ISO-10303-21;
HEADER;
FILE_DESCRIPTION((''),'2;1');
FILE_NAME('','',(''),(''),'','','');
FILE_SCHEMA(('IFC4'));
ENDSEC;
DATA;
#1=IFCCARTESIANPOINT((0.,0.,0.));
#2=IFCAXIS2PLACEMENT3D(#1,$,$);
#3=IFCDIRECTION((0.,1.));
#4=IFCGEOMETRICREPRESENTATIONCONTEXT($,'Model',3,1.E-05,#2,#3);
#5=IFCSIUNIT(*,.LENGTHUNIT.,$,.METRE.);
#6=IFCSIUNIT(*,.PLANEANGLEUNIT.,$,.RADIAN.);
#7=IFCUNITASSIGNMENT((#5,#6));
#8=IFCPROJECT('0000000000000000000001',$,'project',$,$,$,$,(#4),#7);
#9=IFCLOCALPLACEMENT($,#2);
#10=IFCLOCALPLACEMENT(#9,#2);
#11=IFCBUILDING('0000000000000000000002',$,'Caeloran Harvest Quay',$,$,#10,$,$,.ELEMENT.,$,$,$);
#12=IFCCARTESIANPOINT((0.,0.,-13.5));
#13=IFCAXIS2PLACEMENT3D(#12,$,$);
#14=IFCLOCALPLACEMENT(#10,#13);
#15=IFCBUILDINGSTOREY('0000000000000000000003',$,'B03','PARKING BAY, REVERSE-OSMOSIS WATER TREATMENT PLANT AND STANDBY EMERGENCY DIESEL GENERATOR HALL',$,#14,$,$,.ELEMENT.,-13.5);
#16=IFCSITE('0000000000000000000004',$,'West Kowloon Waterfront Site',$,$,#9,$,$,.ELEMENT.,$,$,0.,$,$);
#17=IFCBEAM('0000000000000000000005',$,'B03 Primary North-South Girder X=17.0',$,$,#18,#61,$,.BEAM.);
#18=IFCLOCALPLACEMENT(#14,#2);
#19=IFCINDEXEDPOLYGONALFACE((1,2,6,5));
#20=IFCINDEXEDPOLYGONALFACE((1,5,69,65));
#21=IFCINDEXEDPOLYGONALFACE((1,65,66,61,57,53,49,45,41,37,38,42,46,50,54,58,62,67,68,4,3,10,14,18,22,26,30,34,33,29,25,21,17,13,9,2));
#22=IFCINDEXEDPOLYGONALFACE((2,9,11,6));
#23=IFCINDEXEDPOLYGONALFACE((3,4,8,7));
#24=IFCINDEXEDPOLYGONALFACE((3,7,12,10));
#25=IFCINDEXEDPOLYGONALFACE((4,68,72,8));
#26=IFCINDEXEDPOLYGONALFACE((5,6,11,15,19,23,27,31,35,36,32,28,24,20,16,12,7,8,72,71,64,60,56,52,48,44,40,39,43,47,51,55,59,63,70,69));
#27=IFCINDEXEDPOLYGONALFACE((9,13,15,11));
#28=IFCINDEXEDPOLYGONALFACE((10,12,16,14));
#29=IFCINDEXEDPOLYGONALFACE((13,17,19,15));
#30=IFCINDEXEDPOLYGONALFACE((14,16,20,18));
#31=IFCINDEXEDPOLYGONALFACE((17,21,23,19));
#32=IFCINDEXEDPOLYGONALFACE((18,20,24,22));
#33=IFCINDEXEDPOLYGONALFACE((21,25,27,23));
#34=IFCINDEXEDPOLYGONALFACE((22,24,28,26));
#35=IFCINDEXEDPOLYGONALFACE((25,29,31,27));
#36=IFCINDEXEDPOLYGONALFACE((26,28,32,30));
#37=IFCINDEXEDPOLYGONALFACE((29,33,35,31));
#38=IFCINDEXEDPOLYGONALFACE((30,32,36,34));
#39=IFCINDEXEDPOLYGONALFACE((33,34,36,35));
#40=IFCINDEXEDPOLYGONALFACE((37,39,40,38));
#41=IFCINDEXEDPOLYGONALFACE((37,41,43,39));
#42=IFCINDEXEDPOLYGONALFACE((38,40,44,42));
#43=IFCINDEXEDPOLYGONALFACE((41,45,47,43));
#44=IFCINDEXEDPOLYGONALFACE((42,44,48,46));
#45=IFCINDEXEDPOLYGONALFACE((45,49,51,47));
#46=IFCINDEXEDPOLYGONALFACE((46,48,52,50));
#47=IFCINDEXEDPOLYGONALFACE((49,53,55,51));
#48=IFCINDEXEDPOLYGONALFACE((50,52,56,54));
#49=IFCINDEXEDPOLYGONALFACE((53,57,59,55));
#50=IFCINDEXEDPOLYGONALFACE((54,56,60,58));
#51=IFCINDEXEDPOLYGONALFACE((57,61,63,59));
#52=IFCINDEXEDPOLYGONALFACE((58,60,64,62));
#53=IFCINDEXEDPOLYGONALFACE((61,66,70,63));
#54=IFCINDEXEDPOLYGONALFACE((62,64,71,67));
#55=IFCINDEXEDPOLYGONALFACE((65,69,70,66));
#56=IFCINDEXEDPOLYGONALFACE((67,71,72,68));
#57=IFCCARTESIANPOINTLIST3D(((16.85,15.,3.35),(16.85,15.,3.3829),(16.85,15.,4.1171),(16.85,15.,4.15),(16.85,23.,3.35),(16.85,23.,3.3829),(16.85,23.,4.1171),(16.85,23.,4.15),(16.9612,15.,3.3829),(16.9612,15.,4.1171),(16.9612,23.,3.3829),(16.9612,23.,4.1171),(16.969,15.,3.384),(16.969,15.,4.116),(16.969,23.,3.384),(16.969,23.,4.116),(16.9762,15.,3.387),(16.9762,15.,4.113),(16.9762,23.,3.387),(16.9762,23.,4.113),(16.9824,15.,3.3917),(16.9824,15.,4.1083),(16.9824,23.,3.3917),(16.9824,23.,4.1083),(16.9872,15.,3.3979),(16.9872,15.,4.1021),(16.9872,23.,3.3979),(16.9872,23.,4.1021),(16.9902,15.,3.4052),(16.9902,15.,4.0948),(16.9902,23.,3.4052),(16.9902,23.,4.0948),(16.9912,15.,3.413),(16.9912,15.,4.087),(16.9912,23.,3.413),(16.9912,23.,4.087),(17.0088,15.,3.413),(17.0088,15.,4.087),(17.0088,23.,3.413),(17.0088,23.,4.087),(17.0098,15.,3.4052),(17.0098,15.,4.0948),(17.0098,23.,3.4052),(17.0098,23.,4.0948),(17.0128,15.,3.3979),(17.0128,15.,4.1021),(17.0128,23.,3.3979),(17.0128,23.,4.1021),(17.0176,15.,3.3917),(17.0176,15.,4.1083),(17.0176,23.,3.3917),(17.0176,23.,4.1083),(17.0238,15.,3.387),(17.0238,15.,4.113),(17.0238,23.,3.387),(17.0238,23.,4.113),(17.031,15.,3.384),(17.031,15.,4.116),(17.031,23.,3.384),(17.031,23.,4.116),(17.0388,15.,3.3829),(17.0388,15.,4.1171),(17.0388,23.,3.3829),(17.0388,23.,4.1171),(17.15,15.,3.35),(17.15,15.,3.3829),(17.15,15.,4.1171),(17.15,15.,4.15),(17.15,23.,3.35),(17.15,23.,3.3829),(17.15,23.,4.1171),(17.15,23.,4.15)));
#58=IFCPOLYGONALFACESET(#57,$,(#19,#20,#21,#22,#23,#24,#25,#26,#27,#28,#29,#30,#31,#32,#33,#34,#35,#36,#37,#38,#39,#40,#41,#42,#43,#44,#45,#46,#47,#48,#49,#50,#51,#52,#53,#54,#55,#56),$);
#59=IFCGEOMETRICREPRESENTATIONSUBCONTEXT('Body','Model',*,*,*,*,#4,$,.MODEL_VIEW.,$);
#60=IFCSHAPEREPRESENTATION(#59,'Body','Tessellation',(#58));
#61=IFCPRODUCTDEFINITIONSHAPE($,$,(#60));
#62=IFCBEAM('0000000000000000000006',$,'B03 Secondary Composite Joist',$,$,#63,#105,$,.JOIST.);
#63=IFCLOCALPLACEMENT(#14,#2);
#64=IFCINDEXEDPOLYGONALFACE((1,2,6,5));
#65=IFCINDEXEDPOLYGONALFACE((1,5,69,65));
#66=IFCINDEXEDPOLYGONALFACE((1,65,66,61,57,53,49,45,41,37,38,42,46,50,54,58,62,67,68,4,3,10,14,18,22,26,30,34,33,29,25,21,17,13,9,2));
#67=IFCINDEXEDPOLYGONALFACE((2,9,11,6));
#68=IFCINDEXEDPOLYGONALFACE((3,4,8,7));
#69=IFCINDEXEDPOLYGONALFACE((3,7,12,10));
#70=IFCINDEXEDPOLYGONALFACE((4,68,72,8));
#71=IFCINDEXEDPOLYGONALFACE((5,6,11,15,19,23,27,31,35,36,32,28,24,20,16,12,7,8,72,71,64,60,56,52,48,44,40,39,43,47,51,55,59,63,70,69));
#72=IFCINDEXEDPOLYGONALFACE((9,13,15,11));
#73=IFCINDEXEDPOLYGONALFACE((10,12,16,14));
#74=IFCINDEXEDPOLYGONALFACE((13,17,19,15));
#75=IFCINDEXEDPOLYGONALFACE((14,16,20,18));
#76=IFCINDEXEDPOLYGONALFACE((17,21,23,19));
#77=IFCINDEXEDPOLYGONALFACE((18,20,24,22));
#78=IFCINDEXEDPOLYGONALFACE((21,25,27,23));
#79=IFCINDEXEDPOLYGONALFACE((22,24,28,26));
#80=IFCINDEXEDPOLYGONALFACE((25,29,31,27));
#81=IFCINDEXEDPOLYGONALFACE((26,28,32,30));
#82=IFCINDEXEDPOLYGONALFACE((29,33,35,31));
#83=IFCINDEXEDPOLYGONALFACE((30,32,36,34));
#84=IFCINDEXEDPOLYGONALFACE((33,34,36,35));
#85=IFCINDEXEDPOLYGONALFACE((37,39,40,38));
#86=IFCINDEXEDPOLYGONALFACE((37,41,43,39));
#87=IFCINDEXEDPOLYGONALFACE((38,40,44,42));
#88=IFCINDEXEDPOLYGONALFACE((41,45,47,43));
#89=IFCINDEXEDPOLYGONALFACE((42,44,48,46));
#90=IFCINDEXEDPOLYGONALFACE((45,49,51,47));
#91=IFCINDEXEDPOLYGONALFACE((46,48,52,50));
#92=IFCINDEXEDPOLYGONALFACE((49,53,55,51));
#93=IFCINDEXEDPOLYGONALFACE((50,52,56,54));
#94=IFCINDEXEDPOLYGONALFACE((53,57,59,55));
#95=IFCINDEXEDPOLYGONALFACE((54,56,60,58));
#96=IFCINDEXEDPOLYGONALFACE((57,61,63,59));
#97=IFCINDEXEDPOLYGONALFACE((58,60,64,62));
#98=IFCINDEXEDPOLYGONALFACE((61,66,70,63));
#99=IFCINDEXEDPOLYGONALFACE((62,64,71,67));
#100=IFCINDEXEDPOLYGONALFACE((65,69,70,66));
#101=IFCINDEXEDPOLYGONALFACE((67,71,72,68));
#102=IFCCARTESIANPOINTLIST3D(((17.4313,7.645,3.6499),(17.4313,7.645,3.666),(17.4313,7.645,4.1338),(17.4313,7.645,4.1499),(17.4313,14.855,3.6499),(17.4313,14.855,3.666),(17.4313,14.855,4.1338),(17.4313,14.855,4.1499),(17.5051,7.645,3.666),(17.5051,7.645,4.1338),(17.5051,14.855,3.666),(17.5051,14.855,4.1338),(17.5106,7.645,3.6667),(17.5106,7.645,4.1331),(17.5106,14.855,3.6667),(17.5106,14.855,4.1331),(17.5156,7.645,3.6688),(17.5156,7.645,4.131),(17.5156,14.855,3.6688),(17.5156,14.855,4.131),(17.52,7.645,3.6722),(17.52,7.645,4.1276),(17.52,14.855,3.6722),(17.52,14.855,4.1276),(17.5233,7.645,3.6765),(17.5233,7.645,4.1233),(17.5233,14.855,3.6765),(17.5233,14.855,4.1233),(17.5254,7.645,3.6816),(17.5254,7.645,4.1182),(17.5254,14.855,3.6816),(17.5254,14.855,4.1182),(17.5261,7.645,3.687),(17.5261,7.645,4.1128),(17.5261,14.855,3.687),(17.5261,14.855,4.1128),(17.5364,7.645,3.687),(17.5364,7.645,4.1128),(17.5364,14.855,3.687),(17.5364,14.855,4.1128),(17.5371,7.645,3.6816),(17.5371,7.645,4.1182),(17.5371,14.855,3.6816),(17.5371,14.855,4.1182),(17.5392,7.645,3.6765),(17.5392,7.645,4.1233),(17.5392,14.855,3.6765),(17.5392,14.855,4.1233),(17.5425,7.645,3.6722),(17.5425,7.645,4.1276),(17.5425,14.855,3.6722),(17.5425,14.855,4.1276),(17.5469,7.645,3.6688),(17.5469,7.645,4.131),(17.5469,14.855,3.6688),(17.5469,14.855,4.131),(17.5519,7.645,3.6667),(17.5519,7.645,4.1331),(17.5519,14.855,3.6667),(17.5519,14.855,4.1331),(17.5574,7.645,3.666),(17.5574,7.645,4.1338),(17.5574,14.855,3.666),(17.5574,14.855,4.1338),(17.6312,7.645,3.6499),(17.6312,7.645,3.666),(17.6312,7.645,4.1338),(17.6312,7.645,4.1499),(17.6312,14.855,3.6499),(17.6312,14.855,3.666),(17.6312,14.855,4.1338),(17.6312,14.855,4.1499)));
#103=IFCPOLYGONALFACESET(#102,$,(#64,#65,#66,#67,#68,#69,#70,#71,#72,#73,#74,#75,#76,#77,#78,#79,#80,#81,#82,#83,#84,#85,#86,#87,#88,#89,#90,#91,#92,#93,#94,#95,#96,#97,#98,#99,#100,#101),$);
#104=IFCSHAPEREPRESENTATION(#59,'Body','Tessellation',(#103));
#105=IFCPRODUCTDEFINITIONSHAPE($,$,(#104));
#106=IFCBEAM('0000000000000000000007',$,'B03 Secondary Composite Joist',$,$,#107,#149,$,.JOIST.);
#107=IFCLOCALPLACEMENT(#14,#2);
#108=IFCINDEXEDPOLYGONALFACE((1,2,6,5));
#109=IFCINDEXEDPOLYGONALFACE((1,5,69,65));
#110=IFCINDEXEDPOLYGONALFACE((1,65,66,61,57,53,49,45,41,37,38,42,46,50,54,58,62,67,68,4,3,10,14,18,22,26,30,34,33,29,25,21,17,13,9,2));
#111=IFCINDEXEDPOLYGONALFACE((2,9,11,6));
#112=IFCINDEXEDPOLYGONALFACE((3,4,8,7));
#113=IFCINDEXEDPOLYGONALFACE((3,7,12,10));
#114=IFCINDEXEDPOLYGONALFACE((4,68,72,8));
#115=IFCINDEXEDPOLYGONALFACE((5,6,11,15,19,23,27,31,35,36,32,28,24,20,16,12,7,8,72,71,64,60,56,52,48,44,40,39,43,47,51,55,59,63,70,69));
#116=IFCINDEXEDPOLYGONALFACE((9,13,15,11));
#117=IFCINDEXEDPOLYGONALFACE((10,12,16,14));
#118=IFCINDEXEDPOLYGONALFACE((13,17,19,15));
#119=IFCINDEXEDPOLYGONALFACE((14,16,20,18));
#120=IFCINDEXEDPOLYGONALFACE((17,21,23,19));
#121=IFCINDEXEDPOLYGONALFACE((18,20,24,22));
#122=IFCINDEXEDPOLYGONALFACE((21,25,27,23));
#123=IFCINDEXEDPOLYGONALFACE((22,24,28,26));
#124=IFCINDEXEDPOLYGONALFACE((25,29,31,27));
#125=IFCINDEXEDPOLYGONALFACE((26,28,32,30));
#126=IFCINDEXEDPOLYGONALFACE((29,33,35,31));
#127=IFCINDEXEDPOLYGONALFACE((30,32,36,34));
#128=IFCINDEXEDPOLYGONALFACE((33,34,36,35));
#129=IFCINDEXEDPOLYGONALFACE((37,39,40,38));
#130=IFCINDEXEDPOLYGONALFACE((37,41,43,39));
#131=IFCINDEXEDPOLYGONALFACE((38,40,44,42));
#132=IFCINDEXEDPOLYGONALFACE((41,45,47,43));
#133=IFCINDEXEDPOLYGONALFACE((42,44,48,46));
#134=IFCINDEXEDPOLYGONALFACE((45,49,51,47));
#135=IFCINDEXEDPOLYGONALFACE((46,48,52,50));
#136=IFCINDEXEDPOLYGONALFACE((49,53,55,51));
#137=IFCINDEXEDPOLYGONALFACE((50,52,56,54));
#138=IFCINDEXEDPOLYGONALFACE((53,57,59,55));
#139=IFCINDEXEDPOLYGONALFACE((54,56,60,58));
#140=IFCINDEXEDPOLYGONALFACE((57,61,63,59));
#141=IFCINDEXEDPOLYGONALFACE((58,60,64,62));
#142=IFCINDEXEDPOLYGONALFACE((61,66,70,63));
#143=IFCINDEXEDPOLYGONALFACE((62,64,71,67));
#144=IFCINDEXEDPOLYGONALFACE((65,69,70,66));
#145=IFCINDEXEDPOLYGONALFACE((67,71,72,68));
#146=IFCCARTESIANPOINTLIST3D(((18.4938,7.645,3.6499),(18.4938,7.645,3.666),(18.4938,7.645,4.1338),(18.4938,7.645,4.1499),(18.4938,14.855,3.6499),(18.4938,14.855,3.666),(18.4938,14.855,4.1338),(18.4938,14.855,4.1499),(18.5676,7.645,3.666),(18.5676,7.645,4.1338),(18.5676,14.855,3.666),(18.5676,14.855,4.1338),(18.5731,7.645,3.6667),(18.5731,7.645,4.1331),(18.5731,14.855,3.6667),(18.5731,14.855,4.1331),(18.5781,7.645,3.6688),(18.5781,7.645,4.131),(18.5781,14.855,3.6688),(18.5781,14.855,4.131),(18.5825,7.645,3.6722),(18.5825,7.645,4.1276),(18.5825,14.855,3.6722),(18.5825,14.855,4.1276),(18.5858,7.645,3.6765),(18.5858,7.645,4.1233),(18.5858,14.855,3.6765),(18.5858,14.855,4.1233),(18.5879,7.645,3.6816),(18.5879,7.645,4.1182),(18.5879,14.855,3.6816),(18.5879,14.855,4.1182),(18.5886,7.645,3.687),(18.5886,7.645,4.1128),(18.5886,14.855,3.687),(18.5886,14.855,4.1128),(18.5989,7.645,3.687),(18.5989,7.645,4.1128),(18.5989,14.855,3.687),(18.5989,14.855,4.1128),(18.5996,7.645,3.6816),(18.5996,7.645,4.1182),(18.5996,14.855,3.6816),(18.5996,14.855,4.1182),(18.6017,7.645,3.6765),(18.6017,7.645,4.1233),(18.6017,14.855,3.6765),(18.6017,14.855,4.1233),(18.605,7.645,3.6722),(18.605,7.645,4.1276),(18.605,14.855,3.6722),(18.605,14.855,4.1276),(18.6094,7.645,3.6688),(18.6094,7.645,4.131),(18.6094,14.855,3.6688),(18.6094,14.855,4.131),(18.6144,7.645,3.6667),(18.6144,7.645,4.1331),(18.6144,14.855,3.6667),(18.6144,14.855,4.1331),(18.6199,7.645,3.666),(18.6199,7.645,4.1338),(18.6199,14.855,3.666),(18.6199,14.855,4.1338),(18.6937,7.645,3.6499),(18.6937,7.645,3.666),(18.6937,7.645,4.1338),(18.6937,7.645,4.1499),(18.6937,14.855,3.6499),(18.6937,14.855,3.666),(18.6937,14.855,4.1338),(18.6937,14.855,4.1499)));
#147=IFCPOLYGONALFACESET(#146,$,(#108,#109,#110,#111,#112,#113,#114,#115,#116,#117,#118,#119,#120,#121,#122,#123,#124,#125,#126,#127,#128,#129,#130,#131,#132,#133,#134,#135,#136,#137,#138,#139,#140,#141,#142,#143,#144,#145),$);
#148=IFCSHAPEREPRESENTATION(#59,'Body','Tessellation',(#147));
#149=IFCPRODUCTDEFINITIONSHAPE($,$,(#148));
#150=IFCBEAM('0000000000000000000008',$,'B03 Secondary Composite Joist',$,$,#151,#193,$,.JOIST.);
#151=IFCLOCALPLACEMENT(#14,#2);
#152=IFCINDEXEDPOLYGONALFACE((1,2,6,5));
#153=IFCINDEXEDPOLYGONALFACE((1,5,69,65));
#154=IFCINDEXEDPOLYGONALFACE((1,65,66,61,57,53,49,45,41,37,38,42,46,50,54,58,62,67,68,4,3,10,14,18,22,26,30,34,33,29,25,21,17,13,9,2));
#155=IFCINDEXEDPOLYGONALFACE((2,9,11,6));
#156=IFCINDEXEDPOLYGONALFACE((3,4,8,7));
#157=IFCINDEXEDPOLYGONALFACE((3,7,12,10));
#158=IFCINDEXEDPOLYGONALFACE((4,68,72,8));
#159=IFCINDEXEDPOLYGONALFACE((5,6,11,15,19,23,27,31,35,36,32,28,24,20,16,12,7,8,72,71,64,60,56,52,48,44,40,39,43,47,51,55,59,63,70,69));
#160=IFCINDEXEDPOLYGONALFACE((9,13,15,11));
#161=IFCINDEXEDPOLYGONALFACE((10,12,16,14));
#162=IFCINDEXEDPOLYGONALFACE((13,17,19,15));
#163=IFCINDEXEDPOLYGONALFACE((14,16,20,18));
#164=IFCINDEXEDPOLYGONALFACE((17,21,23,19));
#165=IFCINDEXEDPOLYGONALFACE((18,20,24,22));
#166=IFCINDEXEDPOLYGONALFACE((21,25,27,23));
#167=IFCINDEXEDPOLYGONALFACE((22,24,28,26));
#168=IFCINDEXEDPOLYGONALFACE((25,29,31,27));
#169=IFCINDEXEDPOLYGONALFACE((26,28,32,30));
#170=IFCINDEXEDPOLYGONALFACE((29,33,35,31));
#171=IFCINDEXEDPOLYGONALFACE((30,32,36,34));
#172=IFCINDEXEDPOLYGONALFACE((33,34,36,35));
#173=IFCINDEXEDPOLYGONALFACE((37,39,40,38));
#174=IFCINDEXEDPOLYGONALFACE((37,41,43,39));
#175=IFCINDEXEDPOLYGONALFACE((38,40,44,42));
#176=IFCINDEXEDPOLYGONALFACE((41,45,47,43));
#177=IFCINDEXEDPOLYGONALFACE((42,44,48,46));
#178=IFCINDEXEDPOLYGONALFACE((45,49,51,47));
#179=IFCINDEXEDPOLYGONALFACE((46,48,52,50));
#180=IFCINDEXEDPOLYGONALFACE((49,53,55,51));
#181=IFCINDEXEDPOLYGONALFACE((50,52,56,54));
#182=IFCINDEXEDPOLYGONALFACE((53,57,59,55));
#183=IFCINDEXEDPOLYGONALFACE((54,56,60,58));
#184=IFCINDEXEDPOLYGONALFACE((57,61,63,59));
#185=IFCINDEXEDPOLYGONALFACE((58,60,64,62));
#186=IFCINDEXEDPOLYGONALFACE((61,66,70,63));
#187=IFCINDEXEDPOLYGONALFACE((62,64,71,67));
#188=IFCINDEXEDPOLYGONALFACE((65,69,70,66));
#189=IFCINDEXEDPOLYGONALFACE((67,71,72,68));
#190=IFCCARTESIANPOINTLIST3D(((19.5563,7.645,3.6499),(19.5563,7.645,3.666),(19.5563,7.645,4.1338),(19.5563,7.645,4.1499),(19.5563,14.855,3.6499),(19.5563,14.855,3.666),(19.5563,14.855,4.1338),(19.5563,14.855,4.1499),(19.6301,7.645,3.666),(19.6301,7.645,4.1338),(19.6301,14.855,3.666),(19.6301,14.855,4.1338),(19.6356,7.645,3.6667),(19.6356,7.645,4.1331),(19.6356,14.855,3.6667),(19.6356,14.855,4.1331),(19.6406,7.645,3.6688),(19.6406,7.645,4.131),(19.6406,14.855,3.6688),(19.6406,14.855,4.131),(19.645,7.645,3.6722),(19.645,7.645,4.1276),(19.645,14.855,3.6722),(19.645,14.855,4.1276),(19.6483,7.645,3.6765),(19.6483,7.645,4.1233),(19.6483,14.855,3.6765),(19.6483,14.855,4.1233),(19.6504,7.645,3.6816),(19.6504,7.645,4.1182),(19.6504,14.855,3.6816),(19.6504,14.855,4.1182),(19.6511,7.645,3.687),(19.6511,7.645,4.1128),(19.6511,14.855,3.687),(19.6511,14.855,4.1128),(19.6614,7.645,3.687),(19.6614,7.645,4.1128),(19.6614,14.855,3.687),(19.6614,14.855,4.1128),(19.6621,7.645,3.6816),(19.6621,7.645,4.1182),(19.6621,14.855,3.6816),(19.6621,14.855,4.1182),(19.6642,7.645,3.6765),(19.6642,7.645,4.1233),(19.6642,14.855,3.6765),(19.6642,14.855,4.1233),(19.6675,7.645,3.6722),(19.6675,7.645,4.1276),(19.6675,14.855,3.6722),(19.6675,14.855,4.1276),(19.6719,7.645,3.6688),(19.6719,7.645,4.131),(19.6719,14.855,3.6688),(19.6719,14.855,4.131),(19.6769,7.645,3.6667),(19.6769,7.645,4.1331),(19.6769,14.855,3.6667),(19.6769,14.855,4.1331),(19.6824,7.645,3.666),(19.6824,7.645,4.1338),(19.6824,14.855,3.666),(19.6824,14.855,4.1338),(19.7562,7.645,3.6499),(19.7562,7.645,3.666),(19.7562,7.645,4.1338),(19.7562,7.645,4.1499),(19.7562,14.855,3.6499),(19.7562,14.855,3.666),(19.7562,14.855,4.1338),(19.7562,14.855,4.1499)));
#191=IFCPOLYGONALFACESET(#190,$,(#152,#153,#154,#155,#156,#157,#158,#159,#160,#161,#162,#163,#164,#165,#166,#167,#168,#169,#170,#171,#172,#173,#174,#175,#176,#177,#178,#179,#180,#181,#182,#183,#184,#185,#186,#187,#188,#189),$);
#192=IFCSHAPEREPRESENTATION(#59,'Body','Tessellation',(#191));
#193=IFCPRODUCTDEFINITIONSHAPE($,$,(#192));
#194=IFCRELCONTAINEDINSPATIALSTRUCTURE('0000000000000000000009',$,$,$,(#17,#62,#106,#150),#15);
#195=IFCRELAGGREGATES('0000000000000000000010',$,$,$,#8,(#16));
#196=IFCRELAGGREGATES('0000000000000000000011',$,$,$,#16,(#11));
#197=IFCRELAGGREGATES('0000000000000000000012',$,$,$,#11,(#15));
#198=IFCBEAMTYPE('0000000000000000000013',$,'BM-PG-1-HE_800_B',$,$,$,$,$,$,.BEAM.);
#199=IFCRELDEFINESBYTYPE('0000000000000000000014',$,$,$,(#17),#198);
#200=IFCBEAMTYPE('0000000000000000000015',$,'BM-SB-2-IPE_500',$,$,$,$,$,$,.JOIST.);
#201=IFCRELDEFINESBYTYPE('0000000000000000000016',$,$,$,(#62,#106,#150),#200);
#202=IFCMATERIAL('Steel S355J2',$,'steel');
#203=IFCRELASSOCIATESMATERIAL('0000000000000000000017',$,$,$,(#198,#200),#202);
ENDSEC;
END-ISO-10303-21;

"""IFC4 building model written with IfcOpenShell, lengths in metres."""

from ifc_helpers import new_model, si_unit, direction, frame, origin, origin_2d, place, context, subcontext, project, spatial, i_section, extrude, material, material_profile, profile_set, type_object, element, save


model = new_model("IFC4")

# Units and contexts
model_context = context("Model", 3, precision=1e-05, world=origin(), true_north=direction((0.0, 1.0)))
body_context = subcontext(model_context, "Body", "Model", "MODEL_VIEW")
ifc_project = project(units=[si_unit("LENGTHUNIT", "METRE"), si_unit("PLANEANGLEUNIT", "RADIAN")], contexts=[model_context])

# Site, building, storey
site_placement = place(None, origin())
site = spatial("IfcSite", under=ifc_project, at=site_placement, Name="West Kowloon Waterfront Site", CompositionType="ELEMENT", RefElevation=0.0)
building_placement = place(site_placement, origin())
building = spatial("IfcBuilding", under=site, at=building_placement, Name="Caeloran Harvest Quay", CompositionType="ELEMENT")
storey_placement = place(building_placement, frame((0.0, 0.0, -13.5)))
storey = spatial("IfcBuildingStorey", under=building, at=storey_placement, Name="B03", Description="PARKING BAY, REVERSE-OSMOSIS WATER TREATMENT PLANT AND STANDBY EMERGENCY DIESEL GENERATOR HALL", CompositionType="ELEMENT", Elevation=-13.5)

# Beams
ifc_material_1 = material(Name="Steel S355J2", Category="steel")
ifc_material_profile_1 = material_profile(ifc_material_1, i_section(OverallWidth=0.3, OverallDepth=0.8, WebThickness=0.0176, FlangeThickness=0.033, FilletRadius=0.03, at=origin_2d()), Name="HE 800 B")
ifc_profile_set_1 = profile_set([ifc_material_profile_1], Name="Steel S355J2")
beam_type_1 = type_object("IfcBeamType", Name="BM-PG-1-HE_800_B", PredefinedType="BEAM", material=ifc_profile_set_1)
beam_1_placement = place(storey_placement, frame((17.0, 15.0, 3.75), z_axis=(0.0, 1.0, 0.0), x_axis=(-1.0, 0.0, 0.0)))
element("IfcBeam", 1, at=beam_1_placement, inside=storey, type_object=beam_type_1, Name="B03 Primary North-South Girder X=17.0", PredefinedType="BEAM", context=body_context, shape_type="SweptSolid", body=[
    extrude(i_section(OverallWidth=0.3, OverallDepth=0.8, WebThickness=0.0176, FlangeThickness=0.033, FilletRadius=0.03, at=origin_2d()), origin(), (0.0, 0.0, 1.0), 8.0),
])
ifc_material_profile_2 = material_profile(ifc_material_1, i_section(OverallWidth=0.2, OverallDepth=0.5, WebThickness=0.0103, FlangeThickness=0.0161, FilletRadius=0.021, at=origin_2d()), Name="IPE 500")
ifc_profile_set_2 = profile_set([ifc_material_profile_2], Name="Steel S355J2")
beam_type_2 = type_object("IfcBeamType", Name="BM-SB-2-IPE_500", PredefinedType="JOIST", material=ifc_profile_set_2)
for number, where, z_axis, x_axis, name in (
    (2, (17.5312, 7.645, 3.8999), (0.0, 1.0, 0.0), (-1.0, 0.0, 0.0), "B03 Secondary Composite Joist"),
    (3, (18.5938, 7.645, 3.8999), (0.0, 1.0, 0.0), (-1.0, 0.0, 0.0), "B03 Secondary Composite Joist"),
    (4, (19.6562, 7.645, 3.8999), (0.0, 1.0, 0.0), (-1.0, 0.0, 0.0), "B03 Secondary Composite Joist"),
):
    element("IfcBeam", number, at=place(storey_placement, frame(where, z_axis=z_axis, x_axis=x_axis)), inside=storey, type_object=beam_type_2, Name=name, PredefinedType="JOIST", context=body_context, shape_type="SweptSolid", body=[
        extrude(i_section(OverallWidth=0.2, OverallDepth=0.5, WebThickness=0.0103, FlangeThickness=0.0161, FilletRadius=0.021, at=origin_2d()), origin(), (0.0, 0.0, 1.0), 7.21),
    ])

save(model, "model.ifc")
